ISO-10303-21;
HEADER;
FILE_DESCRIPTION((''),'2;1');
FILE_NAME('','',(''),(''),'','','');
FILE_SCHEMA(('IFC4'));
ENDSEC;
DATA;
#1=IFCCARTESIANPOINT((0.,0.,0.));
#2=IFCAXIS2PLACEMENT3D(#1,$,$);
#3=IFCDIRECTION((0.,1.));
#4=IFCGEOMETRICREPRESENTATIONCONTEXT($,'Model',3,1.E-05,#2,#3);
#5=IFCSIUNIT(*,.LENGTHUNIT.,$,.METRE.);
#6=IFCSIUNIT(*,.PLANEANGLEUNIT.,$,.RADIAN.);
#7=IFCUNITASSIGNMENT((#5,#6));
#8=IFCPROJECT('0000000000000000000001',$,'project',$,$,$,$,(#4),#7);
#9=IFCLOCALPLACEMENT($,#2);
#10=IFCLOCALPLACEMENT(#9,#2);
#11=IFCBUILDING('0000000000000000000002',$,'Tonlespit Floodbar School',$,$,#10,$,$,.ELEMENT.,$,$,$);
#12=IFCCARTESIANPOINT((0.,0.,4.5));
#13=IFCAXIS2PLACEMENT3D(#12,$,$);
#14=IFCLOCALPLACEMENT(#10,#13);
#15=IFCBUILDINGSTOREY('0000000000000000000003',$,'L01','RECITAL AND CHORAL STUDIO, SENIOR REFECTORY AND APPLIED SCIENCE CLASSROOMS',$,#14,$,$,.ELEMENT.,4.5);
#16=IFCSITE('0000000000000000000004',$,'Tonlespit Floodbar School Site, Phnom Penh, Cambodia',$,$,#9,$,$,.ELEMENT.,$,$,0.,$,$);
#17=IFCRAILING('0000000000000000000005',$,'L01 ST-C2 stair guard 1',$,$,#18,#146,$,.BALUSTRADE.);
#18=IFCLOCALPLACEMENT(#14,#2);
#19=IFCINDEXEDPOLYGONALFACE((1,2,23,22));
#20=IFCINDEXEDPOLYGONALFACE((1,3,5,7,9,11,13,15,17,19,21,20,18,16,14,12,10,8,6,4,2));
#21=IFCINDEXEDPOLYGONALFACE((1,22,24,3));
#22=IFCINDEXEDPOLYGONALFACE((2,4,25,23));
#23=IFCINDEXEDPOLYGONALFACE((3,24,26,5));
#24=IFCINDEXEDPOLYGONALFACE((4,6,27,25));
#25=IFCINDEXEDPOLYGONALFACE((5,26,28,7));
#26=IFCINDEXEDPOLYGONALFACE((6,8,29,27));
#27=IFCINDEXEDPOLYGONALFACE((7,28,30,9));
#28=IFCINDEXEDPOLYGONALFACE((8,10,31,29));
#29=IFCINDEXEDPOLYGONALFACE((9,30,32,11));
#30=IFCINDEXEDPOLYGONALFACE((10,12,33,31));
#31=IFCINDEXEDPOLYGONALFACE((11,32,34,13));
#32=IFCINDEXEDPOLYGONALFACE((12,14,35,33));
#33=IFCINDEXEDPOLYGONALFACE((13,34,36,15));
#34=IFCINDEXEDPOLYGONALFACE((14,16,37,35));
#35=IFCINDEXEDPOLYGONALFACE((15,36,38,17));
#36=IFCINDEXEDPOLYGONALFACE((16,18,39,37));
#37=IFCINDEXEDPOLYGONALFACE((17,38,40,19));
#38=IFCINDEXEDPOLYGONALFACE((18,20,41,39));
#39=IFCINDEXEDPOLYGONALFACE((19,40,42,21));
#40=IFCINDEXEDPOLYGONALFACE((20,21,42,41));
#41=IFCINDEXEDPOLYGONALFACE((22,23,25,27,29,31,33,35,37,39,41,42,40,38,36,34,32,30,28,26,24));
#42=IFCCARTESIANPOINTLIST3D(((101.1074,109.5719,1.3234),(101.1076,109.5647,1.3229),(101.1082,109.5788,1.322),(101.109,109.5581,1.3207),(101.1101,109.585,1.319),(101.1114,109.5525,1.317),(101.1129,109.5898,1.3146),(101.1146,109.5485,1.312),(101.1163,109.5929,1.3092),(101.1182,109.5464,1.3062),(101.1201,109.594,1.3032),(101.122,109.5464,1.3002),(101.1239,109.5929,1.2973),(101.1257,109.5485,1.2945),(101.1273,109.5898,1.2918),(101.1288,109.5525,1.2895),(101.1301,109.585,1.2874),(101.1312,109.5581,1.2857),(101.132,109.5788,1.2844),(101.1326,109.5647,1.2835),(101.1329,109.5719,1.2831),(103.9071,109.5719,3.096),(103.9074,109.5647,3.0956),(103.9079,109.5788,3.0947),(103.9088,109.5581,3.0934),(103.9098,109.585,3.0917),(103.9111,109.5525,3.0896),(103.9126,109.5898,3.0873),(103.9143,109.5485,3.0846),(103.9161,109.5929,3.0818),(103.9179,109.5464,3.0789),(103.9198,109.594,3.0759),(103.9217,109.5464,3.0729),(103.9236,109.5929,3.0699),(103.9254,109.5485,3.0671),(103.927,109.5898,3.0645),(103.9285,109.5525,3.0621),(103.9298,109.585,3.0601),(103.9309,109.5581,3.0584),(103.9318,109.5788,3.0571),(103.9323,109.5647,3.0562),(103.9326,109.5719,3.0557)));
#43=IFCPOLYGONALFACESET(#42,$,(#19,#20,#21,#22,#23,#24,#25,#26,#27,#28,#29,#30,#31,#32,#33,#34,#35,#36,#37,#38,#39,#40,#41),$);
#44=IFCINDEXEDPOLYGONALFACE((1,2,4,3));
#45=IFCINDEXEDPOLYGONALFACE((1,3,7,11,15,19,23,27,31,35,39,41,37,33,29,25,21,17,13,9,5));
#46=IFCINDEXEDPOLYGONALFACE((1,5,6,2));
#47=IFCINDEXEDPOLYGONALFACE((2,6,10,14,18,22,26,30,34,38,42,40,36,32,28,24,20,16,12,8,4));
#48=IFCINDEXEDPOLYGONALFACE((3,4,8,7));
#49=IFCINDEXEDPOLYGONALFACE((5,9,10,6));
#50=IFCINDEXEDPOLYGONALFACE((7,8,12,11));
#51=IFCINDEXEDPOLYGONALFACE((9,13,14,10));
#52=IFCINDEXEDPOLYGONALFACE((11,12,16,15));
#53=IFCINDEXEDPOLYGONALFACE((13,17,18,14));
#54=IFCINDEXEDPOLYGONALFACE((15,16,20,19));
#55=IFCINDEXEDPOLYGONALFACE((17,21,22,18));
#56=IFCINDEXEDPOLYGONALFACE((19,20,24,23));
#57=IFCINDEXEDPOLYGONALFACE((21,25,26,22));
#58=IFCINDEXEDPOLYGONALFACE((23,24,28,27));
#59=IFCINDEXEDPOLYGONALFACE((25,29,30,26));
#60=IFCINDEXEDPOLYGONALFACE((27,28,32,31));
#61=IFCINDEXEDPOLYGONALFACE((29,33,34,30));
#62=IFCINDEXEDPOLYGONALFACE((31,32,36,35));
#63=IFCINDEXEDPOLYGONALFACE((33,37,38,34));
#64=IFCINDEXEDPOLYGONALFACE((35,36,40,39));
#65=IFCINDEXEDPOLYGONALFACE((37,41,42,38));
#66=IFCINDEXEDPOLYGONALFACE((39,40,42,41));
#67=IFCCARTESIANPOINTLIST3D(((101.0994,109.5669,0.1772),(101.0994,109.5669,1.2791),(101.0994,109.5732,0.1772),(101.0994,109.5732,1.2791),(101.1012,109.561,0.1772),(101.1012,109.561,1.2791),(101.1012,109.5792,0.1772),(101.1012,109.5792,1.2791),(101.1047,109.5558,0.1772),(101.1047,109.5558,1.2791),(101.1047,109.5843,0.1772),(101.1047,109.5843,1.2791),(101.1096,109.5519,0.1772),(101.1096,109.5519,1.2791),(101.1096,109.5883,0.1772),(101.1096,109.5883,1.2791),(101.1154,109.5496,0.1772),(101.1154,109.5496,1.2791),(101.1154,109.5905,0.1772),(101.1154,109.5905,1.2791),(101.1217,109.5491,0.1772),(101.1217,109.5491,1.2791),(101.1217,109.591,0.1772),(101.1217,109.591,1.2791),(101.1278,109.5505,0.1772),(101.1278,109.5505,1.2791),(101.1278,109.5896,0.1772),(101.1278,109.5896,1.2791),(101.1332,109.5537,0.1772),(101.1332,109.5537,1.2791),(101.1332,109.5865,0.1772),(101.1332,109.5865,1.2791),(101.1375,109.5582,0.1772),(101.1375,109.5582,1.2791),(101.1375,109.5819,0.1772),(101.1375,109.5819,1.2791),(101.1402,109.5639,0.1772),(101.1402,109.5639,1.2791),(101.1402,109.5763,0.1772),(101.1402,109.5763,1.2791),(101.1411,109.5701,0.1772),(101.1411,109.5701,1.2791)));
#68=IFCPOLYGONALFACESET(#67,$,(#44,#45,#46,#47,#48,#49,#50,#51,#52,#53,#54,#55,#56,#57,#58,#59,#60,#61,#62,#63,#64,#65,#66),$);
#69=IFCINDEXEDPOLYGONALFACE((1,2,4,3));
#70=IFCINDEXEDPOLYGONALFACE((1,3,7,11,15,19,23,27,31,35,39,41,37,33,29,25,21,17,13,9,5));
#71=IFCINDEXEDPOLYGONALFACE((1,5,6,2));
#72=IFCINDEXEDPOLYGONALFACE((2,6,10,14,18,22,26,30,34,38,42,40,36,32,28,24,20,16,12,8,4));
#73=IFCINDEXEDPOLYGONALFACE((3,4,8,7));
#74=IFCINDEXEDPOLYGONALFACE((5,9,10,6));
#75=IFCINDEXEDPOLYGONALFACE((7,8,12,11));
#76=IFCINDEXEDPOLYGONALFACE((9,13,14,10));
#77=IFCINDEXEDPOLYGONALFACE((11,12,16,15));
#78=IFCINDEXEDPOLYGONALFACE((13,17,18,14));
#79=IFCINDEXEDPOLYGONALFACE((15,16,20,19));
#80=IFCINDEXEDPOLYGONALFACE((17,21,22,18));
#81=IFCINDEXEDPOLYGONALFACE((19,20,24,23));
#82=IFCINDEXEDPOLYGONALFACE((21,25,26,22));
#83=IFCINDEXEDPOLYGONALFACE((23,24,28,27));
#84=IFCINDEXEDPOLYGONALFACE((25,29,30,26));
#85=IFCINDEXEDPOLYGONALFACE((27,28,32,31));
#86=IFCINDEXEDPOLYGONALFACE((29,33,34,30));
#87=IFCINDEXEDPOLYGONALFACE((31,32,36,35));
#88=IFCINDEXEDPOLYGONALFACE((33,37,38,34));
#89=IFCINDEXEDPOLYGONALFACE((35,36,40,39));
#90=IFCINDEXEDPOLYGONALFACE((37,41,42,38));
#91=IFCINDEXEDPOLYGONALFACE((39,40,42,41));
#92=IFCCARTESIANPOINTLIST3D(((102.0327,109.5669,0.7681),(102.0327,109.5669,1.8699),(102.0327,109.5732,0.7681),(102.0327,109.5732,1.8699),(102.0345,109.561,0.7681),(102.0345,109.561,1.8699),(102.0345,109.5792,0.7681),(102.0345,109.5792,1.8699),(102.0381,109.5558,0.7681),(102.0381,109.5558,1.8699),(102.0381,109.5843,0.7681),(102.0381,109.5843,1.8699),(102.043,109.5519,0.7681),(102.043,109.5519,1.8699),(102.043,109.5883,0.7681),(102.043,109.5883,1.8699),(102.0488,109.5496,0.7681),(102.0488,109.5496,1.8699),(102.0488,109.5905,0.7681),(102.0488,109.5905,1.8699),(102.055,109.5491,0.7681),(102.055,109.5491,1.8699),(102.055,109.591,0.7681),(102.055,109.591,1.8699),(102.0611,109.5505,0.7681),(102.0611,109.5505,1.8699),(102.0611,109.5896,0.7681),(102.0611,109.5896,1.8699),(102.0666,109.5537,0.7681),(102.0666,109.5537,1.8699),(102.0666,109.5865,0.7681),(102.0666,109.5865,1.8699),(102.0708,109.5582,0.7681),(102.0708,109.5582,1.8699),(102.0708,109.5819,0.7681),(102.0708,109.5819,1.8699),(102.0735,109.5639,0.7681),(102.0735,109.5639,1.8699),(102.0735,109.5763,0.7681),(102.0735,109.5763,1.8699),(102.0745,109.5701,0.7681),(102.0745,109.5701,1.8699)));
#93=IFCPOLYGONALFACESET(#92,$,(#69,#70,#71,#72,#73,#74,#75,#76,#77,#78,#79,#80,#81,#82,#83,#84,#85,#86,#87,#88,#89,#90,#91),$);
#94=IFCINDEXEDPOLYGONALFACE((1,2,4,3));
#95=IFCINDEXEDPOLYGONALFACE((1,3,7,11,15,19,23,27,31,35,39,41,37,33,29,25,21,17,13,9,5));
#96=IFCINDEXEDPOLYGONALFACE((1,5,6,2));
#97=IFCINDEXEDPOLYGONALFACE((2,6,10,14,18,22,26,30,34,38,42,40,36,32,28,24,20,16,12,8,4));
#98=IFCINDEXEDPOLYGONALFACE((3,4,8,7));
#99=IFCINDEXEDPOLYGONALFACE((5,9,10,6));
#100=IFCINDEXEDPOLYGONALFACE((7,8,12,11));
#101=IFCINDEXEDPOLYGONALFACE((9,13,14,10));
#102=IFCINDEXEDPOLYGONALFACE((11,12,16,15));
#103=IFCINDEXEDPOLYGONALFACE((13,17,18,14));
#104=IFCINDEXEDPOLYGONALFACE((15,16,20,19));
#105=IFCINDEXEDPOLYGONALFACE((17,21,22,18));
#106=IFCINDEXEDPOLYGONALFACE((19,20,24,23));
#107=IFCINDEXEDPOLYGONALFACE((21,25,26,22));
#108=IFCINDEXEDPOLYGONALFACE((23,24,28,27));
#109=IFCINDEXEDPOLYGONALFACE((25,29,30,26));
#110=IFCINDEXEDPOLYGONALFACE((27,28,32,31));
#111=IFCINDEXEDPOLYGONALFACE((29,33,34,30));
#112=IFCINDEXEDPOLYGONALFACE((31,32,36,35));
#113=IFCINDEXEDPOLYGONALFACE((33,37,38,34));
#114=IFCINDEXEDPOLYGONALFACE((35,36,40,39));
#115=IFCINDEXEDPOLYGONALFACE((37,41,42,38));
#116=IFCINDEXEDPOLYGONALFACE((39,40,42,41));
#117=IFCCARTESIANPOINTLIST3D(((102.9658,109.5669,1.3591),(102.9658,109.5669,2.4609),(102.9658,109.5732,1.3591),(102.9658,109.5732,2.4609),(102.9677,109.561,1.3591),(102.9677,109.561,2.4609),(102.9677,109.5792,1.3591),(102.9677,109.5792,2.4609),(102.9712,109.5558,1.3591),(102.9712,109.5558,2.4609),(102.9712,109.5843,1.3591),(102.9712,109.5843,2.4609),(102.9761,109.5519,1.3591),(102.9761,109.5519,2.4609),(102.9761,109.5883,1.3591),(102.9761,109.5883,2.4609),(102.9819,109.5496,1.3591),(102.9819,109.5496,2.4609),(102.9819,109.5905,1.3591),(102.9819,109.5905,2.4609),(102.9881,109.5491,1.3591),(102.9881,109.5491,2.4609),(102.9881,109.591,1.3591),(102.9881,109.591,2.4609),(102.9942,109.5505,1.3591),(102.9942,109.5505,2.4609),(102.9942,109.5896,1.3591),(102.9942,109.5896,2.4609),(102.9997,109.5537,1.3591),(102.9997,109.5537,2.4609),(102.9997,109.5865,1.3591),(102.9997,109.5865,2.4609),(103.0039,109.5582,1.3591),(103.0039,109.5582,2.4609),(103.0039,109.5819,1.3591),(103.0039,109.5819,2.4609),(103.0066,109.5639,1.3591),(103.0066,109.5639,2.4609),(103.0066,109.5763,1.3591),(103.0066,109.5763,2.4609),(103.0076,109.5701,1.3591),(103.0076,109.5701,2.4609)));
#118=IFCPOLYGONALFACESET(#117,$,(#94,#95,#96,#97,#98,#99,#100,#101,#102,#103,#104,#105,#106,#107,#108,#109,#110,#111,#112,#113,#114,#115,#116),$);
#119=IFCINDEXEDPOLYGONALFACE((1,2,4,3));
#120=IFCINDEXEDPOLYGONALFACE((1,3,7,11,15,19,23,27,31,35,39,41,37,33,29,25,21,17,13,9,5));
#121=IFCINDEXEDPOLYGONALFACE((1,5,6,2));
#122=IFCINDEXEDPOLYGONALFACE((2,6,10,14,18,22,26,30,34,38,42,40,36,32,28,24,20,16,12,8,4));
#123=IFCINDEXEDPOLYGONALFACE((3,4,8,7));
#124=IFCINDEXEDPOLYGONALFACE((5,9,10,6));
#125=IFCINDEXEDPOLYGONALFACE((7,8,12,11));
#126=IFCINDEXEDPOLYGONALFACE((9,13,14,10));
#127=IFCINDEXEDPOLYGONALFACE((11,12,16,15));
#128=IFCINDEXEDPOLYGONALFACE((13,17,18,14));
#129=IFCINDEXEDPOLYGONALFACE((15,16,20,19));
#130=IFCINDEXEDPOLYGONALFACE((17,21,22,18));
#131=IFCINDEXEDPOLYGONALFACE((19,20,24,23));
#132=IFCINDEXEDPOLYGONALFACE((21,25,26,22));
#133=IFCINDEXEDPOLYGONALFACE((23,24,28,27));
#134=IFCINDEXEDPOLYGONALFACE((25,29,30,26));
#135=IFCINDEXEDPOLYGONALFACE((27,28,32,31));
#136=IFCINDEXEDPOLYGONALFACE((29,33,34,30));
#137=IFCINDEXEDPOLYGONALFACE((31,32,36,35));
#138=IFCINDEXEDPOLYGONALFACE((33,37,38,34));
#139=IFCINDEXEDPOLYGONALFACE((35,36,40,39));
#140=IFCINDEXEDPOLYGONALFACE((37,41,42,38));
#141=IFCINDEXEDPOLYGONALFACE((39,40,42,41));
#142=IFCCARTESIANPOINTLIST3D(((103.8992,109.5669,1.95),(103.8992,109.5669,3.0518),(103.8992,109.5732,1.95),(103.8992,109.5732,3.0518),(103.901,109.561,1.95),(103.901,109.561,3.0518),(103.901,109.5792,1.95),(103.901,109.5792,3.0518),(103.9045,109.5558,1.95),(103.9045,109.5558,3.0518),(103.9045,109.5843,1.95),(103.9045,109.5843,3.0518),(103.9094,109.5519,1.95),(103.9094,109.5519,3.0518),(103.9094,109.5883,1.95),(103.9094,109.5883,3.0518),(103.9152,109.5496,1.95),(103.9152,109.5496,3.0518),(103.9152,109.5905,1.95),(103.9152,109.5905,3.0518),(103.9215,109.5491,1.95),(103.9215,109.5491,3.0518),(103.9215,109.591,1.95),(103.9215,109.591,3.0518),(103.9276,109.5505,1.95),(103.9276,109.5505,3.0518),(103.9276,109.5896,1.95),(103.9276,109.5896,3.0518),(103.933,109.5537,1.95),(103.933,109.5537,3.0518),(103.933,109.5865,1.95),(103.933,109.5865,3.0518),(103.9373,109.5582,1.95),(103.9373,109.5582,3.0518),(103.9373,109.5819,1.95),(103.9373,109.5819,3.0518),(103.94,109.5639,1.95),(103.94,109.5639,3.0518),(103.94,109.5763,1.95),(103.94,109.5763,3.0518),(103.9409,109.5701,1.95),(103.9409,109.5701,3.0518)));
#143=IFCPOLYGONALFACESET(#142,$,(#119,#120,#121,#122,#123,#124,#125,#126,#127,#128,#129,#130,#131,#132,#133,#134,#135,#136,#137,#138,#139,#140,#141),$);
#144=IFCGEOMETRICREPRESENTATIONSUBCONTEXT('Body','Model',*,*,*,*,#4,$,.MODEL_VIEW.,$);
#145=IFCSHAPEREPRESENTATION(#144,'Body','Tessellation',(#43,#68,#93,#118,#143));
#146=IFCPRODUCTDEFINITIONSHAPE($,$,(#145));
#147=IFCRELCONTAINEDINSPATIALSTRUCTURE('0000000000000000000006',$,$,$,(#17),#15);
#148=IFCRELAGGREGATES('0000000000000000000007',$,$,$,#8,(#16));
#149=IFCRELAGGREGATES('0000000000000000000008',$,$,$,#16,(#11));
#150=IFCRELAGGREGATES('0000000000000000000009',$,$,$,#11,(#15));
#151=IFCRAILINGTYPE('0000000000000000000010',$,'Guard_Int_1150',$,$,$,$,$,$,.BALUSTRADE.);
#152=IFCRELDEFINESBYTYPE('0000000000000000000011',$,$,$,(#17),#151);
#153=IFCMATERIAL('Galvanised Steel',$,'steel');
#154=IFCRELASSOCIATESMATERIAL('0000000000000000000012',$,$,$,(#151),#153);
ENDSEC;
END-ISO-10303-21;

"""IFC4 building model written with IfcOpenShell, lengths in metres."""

from ifc_helpers import new_model, si_unit, direction, frame, origin, origin_2d, place, context, subcontext, project, spatial, circle, extrude, material, type_object, element, save


model = new_model("IFC4")

# Units and contexts
model_context = context("Model", 3, precision=1e-05, world=origin(), true_north=direction((0.0, 1.0)))
body_context = subcontext(model_context, "Body", "Model", "MODEL_VIEW")
ifc_project = project(units=[si_unit("LENGTHUNIT", "METRE"), si_unit("PLANEANGLEUNIT", "RADIAN")], contexts=[model_context])

# Site, building, storey
site_placement = place(None, origin())
site = spatial("IfcSite", under=ifc_project, at=site_placement, Name="Tonlespit Floodbar School Site, Phnom Penh, Cambodia", CompositionType="ELEMENT", RefElevation=0.0)
building_placement = place(site_placement, origin())
building = spatial("IfcBuilding", under=site, at=building_placement, Name="Tonlespit Floodbar School", CompositionType="ELEMENT")
storey_placement = place(building_placement, frame((0.0, 0.0, 4.5)))
storey = spatial("IfcBuildingStorey", under=building, at=storey_placement, Name="L01", Description="RECITAL AND CHORAL STUDIO, SENIOR REFECTORY AND APPLIED SCIENCE CLASSROOMS", CompositionType="ELEMENT", Elevation=4.5)

# Railing
ifc_material_1 = material(Name="Galvanised Steel", Category="steel")
railing_type_1 = type_object("IfcRailingType", Name="Guard_Int_1150", PredefinedType="BALUSTRADE", material=ifc_material_1)
railing_1_placement = place(storey_placement, frame((101.1201, 109.5701, 0.1772)))
element("IfcRailing", 1, at=railing_1_placement, inside=storey, type_object=railing_type_1, Name="L01 ST-C2 stair guard 1", PredefinedType="BALUSTRADE", context=body_context, shape_type="SweptSolid", body=[
    extrude(circle(Radius=0.0239, at=origin_2d()), frame((0.0, 0.0, 1.126), z_axis=(0.844888, 0.0, 0.534943), x_axis=(0.0, 1.0, 0.0)), (0.0, 0.0, 1.0), 3.3137),
    extrude(circle(Radius=0.021, at=origin_2d()), origin(), (0.0, 0.0, 1.0), 1.1018),
    extrude(circle(Radius=0.021, at=origin_2d()), frame((0.9333, 0.0, 0.5908)), (0.0, 0.0, 1.0), 1.1018),
    extrude(circle(Radius=0.021, at=origin_2d()), frame((1.8665, 0.0, 1.1819)), (0.0, 0.0, 1.0), 1.1018),
    extrude(circle(Radius=0.021, at=origin_2d()), frame((2.7998, 0.0, 1.7727)), (0.0, 0.0, 1.0), 1.1018),
])

save(model, "model.ifc")
